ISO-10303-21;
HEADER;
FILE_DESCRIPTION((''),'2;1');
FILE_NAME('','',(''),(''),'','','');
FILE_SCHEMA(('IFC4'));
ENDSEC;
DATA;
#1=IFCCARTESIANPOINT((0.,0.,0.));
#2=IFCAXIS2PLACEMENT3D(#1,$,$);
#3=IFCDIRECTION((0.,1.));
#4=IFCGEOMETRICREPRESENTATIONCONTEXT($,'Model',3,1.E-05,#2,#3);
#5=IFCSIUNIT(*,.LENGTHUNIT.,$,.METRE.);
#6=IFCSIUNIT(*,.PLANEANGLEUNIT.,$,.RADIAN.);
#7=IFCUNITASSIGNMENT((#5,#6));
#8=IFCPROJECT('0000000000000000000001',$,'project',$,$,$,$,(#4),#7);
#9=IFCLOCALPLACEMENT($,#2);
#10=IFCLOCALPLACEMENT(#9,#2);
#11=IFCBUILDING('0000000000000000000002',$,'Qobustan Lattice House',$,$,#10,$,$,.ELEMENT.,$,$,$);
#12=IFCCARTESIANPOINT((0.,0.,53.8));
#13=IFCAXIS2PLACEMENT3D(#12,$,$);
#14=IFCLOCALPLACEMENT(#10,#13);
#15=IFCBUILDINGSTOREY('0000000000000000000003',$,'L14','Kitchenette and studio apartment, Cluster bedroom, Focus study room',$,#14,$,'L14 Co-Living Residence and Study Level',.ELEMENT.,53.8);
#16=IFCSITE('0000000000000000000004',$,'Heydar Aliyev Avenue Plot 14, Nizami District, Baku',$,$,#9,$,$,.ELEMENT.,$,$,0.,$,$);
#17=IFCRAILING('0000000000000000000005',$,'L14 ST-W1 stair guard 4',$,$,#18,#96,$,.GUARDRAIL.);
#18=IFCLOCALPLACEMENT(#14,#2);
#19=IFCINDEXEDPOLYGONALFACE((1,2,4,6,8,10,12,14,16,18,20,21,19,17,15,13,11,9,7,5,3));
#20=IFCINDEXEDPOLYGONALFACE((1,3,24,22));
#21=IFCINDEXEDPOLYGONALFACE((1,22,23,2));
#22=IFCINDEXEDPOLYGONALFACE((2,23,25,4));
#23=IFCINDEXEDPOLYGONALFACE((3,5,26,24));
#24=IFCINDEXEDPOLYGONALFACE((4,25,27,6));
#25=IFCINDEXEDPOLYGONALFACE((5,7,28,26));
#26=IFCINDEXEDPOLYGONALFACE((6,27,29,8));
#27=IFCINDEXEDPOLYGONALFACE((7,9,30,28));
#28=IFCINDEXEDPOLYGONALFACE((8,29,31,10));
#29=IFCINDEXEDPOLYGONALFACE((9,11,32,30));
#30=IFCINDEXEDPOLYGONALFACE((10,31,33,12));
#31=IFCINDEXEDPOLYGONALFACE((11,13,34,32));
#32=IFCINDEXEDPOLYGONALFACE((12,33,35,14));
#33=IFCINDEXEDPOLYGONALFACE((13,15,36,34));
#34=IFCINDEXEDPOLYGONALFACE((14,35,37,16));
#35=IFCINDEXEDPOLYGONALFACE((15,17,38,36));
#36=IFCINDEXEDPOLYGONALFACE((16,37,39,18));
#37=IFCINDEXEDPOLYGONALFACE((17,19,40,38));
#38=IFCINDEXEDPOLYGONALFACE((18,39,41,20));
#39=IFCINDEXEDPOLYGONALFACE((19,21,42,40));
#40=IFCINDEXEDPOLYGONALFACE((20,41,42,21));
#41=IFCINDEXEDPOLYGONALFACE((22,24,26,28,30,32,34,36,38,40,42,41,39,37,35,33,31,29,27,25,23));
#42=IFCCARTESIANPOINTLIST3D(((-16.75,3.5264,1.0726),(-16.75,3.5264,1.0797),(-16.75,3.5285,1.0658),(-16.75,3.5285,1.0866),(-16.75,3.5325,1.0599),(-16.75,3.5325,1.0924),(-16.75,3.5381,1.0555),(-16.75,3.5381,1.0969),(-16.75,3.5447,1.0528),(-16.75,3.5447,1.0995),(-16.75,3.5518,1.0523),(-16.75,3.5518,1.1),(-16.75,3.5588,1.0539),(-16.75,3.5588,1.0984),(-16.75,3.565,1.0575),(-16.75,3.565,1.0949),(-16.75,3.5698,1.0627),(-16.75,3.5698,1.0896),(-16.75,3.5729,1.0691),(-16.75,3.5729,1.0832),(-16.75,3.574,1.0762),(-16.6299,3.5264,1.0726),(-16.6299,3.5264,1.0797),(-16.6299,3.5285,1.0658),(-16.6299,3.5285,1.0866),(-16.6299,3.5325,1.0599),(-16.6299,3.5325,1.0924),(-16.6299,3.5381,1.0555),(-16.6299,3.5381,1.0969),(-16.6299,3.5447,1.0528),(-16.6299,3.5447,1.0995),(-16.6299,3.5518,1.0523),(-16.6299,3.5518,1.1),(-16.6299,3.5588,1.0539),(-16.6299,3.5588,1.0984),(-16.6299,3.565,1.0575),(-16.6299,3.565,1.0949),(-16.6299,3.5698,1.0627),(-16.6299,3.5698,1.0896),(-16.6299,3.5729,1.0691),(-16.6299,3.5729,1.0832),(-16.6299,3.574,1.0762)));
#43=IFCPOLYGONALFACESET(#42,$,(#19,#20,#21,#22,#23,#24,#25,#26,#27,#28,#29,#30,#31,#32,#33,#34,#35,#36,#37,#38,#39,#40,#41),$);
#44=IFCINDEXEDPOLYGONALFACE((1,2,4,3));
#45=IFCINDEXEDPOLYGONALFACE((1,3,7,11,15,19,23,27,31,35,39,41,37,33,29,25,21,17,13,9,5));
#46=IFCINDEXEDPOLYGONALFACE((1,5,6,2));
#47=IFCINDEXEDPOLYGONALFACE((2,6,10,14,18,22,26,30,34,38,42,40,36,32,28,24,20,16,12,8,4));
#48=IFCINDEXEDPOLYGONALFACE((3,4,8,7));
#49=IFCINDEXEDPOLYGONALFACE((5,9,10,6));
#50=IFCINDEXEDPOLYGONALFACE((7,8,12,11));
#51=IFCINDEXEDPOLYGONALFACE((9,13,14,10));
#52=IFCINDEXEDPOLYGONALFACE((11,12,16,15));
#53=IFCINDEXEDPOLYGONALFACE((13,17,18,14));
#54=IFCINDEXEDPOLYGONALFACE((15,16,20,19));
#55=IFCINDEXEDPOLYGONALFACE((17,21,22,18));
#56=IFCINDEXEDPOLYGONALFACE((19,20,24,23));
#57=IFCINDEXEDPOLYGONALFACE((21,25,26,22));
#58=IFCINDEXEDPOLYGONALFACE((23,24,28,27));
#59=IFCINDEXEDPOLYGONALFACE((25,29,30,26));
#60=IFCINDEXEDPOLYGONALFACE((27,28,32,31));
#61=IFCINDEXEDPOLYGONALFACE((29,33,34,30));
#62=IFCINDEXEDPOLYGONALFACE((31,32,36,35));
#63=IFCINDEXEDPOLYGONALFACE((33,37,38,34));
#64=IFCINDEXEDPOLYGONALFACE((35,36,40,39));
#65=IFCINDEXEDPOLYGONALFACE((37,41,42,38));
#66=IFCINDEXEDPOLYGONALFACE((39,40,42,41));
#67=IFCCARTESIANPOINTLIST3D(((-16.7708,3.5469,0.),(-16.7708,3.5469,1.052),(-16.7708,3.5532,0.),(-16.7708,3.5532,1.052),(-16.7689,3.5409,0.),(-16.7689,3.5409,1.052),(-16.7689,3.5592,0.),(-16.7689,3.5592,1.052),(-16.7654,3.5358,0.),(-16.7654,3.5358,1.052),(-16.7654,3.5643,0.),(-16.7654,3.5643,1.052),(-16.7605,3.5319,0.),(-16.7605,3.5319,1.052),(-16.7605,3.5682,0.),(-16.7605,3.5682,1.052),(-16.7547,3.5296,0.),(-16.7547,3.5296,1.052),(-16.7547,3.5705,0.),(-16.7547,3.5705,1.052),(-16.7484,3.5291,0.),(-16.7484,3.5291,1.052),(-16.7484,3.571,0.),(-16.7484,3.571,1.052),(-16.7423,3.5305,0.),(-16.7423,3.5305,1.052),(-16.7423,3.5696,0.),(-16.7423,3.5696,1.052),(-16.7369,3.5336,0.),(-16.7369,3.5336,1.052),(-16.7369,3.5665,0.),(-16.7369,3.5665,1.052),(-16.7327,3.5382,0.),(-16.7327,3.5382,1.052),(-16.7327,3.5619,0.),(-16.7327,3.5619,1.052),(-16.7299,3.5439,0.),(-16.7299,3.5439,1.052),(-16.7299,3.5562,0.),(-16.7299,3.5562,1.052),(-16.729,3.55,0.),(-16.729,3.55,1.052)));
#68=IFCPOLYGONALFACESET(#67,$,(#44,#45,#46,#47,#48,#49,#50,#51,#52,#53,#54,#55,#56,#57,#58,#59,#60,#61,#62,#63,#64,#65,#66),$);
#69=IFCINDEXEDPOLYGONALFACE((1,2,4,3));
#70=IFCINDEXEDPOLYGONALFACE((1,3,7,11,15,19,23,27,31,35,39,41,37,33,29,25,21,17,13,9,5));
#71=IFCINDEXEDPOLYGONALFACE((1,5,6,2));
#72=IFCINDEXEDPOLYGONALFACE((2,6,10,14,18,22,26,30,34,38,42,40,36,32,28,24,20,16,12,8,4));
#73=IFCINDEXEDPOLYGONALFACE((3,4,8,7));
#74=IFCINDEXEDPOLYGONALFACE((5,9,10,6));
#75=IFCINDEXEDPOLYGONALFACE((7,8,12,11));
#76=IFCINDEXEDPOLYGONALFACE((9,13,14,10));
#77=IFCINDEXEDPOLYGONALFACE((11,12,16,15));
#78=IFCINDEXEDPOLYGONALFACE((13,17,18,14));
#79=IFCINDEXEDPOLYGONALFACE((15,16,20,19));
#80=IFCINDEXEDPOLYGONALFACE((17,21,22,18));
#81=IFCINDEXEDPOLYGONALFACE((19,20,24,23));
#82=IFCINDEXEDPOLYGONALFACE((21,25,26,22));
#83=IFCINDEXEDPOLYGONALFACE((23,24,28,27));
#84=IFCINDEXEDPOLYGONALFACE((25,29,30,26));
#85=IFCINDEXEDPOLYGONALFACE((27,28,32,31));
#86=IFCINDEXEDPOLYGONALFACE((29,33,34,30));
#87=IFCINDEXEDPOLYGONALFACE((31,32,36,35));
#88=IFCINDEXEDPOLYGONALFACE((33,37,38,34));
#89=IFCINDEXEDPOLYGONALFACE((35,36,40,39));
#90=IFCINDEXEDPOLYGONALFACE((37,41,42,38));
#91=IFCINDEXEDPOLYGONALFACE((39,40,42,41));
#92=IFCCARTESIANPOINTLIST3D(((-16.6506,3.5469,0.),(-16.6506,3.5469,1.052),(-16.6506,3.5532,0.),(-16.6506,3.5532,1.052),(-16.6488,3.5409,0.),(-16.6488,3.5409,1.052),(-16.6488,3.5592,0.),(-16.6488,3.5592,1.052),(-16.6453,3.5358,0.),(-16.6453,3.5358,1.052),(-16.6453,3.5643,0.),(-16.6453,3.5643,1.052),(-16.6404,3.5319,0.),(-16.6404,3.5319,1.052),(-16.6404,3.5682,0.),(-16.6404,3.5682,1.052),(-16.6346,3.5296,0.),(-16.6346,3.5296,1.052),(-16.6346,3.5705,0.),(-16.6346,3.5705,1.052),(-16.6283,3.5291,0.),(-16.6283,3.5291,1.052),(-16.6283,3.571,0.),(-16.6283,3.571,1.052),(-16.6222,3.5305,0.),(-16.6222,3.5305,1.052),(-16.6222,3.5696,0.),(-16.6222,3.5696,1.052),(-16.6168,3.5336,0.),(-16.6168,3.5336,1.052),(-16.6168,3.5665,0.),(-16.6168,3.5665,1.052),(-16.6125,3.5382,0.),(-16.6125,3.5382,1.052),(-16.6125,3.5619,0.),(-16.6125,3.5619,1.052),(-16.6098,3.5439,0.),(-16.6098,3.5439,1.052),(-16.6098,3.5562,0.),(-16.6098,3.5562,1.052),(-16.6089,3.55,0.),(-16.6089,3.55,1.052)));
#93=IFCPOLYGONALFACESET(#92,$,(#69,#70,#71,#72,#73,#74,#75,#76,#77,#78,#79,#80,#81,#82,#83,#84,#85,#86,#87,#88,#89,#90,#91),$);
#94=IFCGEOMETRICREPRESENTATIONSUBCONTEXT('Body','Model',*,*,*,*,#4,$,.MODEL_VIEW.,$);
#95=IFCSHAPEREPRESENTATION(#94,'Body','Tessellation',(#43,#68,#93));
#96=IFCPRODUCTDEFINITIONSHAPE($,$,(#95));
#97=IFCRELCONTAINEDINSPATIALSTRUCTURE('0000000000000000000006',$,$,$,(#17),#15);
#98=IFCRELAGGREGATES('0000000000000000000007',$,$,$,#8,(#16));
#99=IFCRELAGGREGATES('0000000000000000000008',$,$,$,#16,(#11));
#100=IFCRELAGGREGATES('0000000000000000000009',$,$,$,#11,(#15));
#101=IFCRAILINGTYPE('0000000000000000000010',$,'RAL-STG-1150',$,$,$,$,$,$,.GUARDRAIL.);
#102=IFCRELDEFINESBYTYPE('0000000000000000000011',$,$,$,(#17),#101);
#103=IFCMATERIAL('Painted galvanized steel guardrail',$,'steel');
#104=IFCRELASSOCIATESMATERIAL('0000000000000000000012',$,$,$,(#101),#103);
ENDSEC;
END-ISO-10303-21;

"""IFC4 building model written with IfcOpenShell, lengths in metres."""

from ifc_helpers import new_model, si_unit, direction, frame, origin, origin_2d, place, context, subcontext, project, spatial, circle, extrude, material, type_object, element, save


model = new_model("IFC4")

# Units and contexts
model_context = context("Model", 3, precision=1e-05, world=origin(), true_north=direction((0.0, 1.0)))
body_context = subcontext(model_context, "Body", "Model", "MODEL_VIEW")
ifc_project = project(units=[si_unit("LENGTHUNIT", "METRE"), si_unit("PLANEANGLEUNIT", "RADIAN")], contexts=[model_context])

# Site, building, storey
site_placement = place(None, origin())
site = spatial("IfcSite", under=ifc_project, at=site_placement, Name="Heydar Aliyev Avenue Plot 14, Nizami District, Baku", CompositionType="ELEMENT", RefElevation=0.0)
building_placement = place(site_placement, origin())
building = spatial("IfcBuilding", under=site, at=building_placement, Name="Qobustan Lattice House", CompositionType="ELEMENT")
storey_placement = place(building_placement, frame((0.0, 0.0, 53.8)))
storey = spatial("IfcBuildingStorey", under=building, at=storey_placement, Name="L14", Description="Kitchenette and studio apartment, Cluster bedroom, Focus study room", LongName="L14 Co-Living Residence and Study Level", CompositionType="ELEMENT", Elevation=53.8)

# Railing
ifc_material_1 = material(Name="Painted galvanized steel guardrail", Category="steel")
railing_type_1 = type_object("IfcRailingType", Name="RAL-STG-1150", PredefinedType="GUARDRAIL", material=ifc_material_1)
railing_1_placement = place(storey_placement, frame((-16.75, 3.55, 0.0)))
element("IfcRailing", 1, at=railing_1_placement, inside=storey, type_object=railing_type_1, Name="L14 ST-W1 stair guard 4", PredefinedType="GUARDRAIL", context=body_context, shape_type="SweptSolid", body=[
    extrude(circle(Radius=0.0239, at=origin_2d()), frame((0.0, 0.0, 1.0762), z_axis=(1.0, 0.0, 0.0), x_axis=(0.0, 1.0, 0.0)), (0.0, 0.0, 1.0), 0.1201),
    extrude(circle(Radius=0.021, at=origin_2d()), origin(), (0.0, 0.0, 1.0), 1.052),
    extrude(circle(Radius=0.021, at=origin_2d()), frame((0.1201, 0.0, 0.0)), (0.0, 0.0, 1.0), 1.052),
])

save(model, "model.ifc")
